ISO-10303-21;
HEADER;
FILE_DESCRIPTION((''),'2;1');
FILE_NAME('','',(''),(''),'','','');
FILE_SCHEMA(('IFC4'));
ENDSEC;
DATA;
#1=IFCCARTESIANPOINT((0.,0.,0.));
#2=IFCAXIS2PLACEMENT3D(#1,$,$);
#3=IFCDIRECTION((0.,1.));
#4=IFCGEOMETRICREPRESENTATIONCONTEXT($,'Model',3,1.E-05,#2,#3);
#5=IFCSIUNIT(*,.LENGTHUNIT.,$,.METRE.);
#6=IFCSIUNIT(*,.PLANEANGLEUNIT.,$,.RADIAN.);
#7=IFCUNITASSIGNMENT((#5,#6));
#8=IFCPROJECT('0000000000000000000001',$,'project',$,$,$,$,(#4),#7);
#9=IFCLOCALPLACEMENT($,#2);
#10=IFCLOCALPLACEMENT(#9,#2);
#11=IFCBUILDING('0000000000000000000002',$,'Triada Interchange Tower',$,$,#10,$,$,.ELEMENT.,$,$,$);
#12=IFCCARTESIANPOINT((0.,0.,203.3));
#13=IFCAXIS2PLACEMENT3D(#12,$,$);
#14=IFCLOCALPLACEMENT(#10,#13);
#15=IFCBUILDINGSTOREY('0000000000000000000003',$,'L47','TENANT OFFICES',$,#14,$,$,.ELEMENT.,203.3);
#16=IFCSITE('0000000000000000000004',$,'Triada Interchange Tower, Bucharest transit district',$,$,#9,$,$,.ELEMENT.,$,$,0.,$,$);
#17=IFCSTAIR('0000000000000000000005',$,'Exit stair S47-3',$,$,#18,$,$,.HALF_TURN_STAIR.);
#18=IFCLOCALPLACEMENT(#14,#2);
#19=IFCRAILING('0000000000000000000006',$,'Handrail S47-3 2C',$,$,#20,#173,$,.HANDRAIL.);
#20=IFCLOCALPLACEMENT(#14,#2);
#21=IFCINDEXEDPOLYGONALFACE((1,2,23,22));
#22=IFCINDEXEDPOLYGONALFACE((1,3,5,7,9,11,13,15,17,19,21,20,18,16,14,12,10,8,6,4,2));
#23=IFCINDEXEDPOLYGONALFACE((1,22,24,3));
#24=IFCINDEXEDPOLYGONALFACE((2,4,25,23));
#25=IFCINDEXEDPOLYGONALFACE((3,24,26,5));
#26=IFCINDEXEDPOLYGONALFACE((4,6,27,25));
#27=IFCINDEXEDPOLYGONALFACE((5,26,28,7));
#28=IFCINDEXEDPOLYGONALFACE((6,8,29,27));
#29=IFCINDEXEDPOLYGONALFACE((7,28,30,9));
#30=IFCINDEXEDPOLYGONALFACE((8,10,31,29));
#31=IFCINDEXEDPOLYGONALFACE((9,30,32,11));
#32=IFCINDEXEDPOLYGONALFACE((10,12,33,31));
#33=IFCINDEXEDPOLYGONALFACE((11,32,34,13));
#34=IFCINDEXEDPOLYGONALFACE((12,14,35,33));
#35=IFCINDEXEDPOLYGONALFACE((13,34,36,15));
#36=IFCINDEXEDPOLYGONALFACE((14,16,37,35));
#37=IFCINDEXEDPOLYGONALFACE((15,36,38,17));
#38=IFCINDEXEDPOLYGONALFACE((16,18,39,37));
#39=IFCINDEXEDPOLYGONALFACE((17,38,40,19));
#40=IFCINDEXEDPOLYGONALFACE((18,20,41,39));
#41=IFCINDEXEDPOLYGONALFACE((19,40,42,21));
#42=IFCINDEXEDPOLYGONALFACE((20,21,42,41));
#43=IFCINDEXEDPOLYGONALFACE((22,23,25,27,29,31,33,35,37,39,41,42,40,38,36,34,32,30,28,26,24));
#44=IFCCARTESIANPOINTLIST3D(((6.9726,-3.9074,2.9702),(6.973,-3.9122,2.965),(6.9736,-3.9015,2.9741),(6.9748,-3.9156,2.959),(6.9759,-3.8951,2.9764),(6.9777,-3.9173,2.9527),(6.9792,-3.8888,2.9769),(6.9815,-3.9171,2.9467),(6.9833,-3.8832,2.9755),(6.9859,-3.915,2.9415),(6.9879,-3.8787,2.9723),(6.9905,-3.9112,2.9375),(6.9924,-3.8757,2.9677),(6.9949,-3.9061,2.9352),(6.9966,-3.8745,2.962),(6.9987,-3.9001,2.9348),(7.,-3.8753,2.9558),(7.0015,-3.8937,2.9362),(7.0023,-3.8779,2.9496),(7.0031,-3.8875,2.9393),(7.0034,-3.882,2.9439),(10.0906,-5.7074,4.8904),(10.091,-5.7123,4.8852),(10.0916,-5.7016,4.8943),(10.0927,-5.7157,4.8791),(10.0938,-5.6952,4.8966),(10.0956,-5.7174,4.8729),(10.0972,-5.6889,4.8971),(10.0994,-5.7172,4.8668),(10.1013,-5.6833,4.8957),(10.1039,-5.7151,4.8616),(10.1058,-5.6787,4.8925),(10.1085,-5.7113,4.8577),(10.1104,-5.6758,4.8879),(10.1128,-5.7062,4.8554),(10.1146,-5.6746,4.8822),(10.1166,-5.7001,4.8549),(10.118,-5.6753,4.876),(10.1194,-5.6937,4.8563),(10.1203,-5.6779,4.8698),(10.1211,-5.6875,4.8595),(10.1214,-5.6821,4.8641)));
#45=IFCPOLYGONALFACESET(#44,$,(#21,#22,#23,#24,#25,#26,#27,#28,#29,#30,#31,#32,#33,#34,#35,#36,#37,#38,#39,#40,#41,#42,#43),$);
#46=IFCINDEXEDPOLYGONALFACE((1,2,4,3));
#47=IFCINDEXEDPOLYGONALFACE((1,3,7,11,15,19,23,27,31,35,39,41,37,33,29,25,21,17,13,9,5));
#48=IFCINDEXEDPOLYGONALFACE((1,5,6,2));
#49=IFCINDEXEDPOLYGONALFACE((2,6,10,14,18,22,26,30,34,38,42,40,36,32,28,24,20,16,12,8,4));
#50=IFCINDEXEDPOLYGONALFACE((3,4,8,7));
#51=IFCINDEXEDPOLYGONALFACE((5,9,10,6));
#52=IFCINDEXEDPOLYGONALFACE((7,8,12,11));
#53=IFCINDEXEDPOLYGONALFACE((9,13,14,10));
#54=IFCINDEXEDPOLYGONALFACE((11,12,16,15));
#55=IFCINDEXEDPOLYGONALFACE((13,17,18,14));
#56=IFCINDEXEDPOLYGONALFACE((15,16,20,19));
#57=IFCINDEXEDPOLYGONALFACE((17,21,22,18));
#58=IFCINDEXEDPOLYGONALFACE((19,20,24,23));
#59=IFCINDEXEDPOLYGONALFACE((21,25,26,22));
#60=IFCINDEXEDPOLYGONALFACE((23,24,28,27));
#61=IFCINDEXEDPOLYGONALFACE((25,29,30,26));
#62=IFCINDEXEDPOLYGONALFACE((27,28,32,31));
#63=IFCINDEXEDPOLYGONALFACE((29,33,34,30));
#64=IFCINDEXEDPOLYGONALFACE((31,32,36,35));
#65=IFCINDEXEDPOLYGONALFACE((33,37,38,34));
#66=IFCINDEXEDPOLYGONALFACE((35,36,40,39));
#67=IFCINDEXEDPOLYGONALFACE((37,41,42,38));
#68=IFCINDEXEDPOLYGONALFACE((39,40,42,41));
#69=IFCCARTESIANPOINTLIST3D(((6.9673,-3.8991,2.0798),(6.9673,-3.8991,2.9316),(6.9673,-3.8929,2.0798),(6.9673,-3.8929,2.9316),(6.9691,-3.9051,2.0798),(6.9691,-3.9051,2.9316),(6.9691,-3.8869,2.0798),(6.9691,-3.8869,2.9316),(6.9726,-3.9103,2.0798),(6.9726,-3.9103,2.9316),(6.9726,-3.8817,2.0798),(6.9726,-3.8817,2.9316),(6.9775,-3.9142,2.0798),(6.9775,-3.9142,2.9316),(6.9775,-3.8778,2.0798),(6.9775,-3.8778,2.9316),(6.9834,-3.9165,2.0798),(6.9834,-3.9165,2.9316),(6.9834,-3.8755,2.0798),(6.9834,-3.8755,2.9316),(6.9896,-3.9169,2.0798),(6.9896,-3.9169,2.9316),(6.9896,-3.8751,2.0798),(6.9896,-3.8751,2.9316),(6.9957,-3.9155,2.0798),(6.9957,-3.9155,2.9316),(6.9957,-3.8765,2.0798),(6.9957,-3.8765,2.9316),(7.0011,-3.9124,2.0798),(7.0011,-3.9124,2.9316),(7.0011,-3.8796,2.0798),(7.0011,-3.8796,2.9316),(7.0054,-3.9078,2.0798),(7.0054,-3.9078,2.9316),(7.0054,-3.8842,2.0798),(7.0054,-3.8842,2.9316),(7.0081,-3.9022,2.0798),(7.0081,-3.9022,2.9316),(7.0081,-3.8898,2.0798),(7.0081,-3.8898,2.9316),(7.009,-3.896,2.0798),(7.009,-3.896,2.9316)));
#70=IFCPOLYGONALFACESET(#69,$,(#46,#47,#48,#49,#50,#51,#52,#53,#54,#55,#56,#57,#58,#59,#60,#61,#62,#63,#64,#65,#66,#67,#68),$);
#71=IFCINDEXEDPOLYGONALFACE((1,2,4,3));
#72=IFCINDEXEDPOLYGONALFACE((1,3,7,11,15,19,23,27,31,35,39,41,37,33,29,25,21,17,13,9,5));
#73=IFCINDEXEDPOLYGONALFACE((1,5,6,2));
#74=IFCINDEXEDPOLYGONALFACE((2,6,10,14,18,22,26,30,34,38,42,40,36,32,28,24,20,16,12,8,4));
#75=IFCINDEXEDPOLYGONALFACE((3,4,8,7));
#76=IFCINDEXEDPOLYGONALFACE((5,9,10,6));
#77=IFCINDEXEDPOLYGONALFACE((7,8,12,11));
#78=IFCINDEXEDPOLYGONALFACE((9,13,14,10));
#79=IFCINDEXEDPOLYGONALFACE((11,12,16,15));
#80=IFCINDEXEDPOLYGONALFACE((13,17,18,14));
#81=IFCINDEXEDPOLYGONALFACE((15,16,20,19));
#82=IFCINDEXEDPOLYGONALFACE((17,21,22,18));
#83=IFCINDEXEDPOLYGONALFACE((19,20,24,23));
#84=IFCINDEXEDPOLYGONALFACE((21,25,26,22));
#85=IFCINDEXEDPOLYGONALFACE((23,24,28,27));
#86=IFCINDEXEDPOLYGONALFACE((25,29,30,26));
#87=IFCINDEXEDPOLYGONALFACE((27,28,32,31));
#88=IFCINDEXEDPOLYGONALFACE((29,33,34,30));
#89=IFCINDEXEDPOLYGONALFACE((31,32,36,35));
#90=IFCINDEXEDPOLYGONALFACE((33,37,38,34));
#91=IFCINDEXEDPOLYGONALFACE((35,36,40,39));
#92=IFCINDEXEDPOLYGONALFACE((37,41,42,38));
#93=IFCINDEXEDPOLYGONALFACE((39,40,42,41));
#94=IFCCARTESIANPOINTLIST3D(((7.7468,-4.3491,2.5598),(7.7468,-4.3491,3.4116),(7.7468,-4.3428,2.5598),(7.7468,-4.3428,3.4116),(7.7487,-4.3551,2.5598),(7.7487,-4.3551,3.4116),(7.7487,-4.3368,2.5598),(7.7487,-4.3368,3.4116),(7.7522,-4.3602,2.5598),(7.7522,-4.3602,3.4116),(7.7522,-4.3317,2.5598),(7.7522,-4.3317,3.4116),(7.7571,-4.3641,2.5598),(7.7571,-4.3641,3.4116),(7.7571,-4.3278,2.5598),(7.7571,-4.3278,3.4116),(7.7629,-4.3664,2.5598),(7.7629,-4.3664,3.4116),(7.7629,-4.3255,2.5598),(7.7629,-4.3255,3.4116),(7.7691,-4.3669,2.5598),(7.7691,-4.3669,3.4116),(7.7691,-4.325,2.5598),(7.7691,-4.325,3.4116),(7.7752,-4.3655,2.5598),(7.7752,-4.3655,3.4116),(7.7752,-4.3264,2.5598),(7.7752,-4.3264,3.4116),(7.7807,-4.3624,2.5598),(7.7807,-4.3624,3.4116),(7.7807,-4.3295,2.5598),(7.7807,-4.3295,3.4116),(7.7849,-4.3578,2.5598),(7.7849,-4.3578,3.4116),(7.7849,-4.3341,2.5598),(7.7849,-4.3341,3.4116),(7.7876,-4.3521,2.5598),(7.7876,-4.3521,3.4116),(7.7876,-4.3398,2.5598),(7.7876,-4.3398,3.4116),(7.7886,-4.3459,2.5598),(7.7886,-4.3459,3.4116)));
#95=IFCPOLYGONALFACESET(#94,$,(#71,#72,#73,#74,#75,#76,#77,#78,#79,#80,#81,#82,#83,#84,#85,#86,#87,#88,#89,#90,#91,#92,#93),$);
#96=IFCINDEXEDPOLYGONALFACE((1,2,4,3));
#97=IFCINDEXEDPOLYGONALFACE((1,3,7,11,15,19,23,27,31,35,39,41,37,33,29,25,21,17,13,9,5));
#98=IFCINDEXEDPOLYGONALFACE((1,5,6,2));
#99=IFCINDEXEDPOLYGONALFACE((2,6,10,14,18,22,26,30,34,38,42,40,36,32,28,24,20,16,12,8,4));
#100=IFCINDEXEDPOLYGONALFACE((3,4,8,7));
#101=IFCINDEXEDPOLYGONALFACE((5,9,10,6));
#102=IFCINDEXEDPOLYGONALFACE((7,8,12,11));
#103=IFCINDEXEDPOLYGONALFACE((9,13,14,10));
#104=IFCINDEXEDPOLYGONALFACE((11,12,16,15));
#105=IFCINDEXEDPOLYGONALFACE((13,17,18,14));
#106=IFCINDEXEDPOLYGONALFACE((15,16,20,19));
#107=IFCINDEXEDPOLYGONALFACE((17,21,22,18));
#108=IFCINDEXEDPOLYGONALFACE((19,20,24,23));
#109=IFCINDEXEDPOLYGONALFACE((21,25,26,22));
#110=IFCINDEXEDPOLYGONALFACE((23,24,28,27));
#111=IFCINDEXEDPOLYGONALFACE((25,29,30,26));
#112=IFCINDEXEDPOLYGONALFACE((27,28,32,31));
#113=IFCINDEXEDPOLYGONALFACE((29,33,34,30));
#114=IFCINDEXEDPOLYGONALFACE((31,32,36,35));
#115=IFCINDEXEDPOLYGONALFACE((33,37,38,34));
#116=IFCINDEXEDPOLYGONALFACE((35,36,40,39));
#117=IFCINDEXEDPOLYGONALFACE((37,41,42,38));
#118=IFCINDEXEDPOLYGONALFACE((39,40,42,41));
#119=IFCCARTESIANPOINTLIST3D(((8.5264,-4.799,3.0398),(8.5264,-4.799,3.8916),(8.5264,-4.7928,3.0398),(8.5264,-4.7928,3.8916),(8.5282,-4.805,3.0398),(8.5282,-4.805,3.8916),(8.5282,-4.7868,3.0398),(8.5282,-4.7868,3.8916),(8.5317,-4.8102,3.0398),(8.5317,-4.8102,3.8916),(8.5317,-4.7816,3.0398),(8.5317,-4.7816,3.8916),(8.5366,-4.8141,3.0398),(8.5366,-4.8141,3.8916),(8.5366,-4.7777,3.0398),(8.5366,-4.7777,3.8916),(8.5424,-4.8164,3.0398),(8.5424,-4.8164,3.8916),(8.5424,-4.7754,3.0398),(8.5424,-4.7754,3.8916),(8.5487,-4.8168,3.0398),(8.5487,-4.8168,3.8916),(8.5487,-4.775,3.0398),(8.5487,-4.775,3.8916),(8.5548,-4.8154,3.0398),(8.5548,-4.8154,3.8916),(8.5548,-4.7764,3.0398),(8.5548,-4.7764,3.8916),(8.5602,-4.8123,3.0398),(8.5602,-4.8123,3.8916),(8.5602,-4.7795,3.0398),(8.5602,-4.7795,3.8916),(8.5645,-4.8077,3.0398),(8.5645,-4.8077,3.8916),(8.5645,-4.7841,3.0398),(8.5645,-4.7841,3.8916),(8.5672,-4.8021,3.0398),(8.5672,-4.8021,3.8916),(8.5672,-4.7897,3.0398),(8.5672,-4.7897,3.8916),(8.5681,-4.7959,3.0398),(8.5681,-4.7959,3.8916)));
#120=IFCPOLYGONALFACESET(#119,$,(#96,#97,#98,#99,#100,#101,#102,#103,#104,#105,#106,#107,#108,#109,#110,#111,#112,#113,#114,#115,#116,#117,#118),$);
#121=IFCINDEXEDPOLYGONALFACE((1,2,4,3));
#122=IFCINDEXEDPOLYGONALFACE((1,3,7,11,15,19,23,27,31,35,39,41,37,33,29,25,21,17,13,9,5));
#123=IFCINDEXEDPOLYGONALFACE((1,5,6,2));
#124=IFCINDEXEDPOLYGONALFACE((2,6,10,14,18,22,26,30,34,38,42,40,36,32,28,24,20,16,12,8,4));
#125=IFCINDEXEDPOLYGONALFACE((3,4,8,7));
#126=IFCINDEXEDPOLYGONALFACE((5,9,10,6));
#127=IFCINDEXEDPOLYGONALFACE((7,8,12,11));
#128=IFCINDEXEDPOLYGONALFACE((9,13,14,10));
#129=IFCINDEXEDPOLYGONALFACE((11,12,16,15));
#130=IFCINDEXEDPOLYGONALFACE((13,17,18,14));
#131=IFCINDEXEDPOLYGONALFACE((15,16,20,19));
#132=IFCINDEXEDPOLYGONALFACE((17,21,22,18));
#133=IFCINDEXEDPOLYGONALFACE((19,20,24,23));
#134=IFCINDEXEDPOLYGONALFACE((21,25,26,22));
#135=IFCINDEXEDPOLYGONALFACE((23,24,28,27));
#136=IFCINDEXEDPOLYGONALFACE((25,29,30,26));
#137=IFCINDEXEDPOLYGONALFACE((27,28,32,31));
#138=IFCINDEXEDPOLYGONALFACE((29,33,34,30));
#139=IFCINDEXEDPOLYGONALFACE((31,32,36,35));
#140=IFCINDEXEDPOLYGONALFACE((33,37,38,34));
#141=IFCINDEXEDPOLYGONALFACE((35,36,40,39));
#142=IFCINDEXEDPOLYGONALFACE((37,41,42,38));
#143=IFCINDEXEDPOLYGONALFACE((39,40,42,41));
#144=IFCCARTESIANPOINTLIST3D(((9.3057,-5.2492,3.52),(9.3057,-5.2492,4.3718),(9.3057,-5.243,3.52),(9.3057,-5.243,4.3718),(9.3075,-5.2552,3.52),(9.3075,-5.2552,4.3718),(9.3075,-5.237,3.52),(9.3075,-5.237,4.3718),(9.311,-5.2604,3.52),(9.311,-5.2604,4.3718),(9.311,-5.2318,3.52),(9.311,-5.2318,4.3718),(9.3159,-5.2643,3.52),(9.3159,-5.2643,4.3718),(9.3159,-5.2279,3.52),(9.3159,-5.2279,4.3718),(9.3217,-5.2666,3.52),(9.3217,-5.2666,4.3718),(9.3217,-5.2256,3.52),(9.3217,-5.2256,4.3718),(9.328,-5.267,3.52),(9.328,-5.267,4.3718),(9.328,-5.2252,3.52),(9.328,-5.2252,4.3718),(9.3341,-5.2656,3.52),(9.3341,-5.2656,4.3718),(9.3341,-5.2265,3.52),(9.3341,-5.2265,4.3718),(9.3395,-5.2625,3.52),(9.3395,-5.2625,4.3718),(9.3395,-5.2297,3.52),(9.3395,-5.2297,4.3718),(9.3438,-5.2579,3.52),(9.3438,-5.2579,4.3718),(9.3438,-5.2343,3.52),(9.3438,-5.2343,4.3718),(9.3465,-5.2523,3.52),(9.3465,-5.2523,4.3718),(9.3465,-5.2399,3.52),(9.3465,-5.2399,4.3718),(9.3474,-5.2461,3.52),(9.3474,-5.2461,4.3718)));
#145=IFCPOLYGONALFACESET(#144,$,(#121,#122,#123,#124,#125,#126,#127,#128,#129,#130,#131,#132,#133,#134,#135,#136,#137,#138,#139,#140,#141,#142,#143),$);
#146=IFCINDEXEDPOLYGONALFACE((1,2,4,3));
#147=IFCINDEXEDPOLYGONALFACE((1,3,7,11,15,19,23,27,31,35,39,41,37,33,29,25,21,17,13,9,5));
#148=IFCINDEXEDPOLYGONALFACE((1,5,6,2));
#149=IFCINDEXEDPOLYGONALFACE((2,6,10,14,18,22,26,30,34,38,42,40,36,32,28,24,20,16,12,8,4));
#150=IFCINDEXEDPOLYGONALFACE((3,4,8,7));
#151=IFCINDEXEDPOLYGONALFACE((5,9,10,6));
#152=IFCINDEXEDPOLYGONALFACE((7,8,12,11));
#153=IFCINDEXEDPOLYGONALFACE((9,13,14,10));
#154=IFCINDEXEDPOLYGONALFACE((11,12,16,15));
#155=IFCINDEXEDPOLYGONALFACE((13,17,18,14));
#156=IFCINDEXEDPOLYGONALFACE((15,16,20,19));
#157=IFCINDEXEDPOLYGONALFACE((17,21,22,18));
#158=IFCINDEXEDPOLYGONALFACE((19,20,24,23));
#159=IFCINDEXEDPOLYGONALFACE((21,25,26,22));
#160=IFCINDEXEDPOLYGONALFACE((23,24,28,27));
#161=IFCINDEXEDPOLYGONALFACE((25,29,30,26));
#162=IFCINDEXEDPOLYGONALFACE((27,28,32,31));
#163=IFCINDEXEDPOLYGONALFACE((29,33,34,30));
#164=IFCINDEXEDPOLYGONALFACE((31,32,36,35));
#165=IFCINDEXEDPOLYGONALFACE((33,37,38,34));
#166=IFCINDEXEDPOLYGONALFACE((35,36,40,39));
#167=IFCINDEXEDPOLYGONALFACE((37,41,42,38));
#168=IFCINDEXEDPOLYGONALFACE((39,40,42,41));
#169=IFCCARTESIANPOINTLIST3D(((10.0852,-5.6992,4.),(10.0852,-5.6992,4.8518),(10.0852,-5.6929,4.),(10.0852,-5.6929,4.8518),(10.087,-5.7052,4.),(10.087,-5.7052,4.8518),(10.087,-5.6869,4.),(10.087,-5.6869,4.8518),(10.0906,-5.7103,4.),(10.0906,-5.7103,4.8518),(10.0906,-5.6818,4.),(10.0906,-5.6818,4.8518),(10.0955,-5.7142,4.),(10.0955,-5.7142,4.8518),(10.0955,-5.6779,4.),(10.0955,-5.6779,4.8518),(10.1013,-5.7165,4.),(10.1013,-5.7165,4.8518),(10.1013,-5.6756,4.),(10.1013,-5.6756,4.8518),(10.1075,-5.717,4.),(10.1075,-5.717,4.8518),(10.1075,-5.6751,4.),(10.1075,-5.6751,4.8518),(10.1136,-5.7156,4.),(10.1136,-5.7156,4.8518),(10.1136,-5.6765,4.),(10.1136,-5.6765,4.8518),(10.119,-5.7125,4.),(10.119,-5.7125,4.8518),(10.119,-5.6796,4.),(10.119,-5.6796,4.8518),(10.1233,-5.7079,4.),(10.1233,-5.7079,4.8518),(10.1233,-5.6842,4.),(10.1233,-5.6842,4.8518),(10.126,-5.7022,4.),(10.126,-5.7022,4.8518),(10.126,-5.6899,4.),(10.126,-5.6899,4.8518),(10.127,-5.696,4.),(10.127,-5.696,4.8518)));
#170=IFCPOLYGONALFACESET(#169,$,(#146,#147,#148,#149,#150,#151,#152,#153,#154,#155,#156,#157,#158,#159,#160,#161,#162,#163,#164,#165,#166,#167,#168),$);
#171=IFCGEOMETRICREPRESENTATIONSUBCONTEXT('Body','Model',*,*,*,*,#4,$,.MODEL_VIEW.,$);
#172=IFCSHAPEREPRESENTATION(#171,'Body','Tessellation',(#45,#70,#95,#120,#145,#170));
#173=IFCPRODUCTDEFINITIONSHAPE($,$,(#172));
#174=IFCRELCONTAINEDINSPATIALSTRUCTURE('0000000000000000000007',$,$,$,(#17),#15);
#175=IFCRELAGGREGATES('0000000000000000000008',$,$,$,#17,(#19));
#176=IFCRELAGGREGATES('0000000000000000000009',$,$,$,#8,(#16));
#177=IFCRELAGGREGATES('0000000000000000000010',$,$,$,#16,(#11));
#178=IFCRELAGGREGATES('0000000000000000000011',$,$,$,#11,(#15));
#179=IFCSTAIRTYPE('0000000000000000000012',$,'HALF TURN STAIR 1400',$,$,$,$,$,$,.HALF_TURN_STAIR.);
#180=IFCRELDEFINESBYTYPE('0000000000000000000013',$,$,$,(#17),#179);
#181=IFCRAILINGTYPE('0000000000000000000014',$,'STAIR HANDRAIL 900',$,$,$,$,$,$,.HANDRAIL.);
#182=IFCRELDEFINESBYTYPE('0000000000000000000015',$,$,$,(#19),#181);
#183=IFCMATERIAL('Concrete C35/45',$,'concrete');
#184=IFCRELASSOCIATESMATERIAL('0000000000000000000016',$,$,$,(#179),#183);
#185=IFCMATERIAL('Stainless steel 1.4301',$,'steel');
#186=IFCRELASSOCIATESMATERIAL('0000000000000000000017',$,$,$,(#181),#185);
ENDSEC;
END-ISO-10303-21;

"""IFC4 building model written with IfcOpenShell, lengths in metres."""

from ifc_helpers import new_model, si_unit, direction, frame, origin, origin_2d, place, context, subcontext, project, spatial, circle, extrude, material, type_object, element, aggregate, save


model = new_model("IFC4")

# Units and contexts
model_context = context("Model", 3, precision=1e-05, world=origin(), true_north=direction((0.0, 1.0)))
body_context = subcontext(model_context, "Body", "Model", "MODEL_VIEW")
ifc_project = project(units=[si_unit("LENGTHUNIT", "METRE"), si_unit("PLANEANGLEUNIT", "RADIAN")], contexts=[model_context])

# Site, building, storey
site_placement = place(None, origin())
site = spatial("IfcSite", under=ifc_project, at=site_placement, Name="Triada Interchange Tower, Bucharest transit district", CompositionType="ELEMENT", RefElevation=0.0)
building_placement = place(site_placement, origin())
building = spatial("IfcBuilding", under=site, at=building_placement, Name="Triada Interchange Tower", CompositionType="ELEMENT")
storey_placement = place(building_placement, frame((0.0, 0.0, 203.3)))
storey = spatial("IfcBuildingStorey", under=building, at=storey_placement, Name="L47", Description="TENANT OFFICES", CompositionType="ELEMENT", Elevation=203.3)

# Stair, railing
ifc_material_1 = material(Name="Concrete C35/45", Category="concrete")
stair_type = type_object("IfcStairType", Name="HALF TURN STAIR 1400", PredefinedType="HALF_TURN_STAIR", material=ifc_material_1)
stair_placement = place(storey_placement, origin())
stair = element("IfcStair", 1, at=stair_placement, inside=storey, type_object=stair_type, Name="Exit stair S47-3", PredefinedType="HALF_TURN_STAIR")
ifc_material_2 = material(Name="Stainless steel 1.4301", Category="steel")
railing_type = type_object("IfcRailingType", Name="STAIR HANDRAIL 900", PredefinedType="HANDRAIL", material=ifc_material_2)
railing_1_placement = place(storey_placement, frame((6.988, -3.896, 2.0798)))
railing_1 = element("IfcRailing", 2, at=railing_1_placement, type_object=railing_type, Name="Handrail S47-3 2C", PredefinedType="HANDRAIL", context=body_context, shape_type="SweptSolid", body=[
    extrude(circle(Radius=0.0239, at=origin_2d()), frame((0.0, 0.0, 0.876), z_axis=(0.764145, -0.441159, 0.470597), x_axis=(0.499983, 0.866035, 0.0)), (0.0, 0.0, 1.0), 4.0803),
    extrude(circle(Radius=0.021, at=origin_2d()), origin(), (0.0, 0.0, 1.0), 0.8518),
    extrude(circle(Radius=0.021, at=origin_2d()), frame((0.7795, -0.45, 0.48)), (0.0, 0.0, 1.0), 0.8518),
    extrude(circle(Radius=0.021, at=origin_2d()), frame((1.5591, -0.8999, 0.96)), (0.0, 0.0, 1.0), 0.8518),
    extrude(circle(Radius=0.021, at=origin_2d()), frame((2.3384, -1.3501, 1.4402)), (0.0, 0.0, 1.0), 0.8518),
    extrude(circle(Radius=0.021, at=origin_2d()), frame((3.1179, -1.8, 1.9202)), (0.0, 0.0, 1.0), 0.8518),
])
aggregate(stair, [railing_1])

save(model, "model.ifc")
